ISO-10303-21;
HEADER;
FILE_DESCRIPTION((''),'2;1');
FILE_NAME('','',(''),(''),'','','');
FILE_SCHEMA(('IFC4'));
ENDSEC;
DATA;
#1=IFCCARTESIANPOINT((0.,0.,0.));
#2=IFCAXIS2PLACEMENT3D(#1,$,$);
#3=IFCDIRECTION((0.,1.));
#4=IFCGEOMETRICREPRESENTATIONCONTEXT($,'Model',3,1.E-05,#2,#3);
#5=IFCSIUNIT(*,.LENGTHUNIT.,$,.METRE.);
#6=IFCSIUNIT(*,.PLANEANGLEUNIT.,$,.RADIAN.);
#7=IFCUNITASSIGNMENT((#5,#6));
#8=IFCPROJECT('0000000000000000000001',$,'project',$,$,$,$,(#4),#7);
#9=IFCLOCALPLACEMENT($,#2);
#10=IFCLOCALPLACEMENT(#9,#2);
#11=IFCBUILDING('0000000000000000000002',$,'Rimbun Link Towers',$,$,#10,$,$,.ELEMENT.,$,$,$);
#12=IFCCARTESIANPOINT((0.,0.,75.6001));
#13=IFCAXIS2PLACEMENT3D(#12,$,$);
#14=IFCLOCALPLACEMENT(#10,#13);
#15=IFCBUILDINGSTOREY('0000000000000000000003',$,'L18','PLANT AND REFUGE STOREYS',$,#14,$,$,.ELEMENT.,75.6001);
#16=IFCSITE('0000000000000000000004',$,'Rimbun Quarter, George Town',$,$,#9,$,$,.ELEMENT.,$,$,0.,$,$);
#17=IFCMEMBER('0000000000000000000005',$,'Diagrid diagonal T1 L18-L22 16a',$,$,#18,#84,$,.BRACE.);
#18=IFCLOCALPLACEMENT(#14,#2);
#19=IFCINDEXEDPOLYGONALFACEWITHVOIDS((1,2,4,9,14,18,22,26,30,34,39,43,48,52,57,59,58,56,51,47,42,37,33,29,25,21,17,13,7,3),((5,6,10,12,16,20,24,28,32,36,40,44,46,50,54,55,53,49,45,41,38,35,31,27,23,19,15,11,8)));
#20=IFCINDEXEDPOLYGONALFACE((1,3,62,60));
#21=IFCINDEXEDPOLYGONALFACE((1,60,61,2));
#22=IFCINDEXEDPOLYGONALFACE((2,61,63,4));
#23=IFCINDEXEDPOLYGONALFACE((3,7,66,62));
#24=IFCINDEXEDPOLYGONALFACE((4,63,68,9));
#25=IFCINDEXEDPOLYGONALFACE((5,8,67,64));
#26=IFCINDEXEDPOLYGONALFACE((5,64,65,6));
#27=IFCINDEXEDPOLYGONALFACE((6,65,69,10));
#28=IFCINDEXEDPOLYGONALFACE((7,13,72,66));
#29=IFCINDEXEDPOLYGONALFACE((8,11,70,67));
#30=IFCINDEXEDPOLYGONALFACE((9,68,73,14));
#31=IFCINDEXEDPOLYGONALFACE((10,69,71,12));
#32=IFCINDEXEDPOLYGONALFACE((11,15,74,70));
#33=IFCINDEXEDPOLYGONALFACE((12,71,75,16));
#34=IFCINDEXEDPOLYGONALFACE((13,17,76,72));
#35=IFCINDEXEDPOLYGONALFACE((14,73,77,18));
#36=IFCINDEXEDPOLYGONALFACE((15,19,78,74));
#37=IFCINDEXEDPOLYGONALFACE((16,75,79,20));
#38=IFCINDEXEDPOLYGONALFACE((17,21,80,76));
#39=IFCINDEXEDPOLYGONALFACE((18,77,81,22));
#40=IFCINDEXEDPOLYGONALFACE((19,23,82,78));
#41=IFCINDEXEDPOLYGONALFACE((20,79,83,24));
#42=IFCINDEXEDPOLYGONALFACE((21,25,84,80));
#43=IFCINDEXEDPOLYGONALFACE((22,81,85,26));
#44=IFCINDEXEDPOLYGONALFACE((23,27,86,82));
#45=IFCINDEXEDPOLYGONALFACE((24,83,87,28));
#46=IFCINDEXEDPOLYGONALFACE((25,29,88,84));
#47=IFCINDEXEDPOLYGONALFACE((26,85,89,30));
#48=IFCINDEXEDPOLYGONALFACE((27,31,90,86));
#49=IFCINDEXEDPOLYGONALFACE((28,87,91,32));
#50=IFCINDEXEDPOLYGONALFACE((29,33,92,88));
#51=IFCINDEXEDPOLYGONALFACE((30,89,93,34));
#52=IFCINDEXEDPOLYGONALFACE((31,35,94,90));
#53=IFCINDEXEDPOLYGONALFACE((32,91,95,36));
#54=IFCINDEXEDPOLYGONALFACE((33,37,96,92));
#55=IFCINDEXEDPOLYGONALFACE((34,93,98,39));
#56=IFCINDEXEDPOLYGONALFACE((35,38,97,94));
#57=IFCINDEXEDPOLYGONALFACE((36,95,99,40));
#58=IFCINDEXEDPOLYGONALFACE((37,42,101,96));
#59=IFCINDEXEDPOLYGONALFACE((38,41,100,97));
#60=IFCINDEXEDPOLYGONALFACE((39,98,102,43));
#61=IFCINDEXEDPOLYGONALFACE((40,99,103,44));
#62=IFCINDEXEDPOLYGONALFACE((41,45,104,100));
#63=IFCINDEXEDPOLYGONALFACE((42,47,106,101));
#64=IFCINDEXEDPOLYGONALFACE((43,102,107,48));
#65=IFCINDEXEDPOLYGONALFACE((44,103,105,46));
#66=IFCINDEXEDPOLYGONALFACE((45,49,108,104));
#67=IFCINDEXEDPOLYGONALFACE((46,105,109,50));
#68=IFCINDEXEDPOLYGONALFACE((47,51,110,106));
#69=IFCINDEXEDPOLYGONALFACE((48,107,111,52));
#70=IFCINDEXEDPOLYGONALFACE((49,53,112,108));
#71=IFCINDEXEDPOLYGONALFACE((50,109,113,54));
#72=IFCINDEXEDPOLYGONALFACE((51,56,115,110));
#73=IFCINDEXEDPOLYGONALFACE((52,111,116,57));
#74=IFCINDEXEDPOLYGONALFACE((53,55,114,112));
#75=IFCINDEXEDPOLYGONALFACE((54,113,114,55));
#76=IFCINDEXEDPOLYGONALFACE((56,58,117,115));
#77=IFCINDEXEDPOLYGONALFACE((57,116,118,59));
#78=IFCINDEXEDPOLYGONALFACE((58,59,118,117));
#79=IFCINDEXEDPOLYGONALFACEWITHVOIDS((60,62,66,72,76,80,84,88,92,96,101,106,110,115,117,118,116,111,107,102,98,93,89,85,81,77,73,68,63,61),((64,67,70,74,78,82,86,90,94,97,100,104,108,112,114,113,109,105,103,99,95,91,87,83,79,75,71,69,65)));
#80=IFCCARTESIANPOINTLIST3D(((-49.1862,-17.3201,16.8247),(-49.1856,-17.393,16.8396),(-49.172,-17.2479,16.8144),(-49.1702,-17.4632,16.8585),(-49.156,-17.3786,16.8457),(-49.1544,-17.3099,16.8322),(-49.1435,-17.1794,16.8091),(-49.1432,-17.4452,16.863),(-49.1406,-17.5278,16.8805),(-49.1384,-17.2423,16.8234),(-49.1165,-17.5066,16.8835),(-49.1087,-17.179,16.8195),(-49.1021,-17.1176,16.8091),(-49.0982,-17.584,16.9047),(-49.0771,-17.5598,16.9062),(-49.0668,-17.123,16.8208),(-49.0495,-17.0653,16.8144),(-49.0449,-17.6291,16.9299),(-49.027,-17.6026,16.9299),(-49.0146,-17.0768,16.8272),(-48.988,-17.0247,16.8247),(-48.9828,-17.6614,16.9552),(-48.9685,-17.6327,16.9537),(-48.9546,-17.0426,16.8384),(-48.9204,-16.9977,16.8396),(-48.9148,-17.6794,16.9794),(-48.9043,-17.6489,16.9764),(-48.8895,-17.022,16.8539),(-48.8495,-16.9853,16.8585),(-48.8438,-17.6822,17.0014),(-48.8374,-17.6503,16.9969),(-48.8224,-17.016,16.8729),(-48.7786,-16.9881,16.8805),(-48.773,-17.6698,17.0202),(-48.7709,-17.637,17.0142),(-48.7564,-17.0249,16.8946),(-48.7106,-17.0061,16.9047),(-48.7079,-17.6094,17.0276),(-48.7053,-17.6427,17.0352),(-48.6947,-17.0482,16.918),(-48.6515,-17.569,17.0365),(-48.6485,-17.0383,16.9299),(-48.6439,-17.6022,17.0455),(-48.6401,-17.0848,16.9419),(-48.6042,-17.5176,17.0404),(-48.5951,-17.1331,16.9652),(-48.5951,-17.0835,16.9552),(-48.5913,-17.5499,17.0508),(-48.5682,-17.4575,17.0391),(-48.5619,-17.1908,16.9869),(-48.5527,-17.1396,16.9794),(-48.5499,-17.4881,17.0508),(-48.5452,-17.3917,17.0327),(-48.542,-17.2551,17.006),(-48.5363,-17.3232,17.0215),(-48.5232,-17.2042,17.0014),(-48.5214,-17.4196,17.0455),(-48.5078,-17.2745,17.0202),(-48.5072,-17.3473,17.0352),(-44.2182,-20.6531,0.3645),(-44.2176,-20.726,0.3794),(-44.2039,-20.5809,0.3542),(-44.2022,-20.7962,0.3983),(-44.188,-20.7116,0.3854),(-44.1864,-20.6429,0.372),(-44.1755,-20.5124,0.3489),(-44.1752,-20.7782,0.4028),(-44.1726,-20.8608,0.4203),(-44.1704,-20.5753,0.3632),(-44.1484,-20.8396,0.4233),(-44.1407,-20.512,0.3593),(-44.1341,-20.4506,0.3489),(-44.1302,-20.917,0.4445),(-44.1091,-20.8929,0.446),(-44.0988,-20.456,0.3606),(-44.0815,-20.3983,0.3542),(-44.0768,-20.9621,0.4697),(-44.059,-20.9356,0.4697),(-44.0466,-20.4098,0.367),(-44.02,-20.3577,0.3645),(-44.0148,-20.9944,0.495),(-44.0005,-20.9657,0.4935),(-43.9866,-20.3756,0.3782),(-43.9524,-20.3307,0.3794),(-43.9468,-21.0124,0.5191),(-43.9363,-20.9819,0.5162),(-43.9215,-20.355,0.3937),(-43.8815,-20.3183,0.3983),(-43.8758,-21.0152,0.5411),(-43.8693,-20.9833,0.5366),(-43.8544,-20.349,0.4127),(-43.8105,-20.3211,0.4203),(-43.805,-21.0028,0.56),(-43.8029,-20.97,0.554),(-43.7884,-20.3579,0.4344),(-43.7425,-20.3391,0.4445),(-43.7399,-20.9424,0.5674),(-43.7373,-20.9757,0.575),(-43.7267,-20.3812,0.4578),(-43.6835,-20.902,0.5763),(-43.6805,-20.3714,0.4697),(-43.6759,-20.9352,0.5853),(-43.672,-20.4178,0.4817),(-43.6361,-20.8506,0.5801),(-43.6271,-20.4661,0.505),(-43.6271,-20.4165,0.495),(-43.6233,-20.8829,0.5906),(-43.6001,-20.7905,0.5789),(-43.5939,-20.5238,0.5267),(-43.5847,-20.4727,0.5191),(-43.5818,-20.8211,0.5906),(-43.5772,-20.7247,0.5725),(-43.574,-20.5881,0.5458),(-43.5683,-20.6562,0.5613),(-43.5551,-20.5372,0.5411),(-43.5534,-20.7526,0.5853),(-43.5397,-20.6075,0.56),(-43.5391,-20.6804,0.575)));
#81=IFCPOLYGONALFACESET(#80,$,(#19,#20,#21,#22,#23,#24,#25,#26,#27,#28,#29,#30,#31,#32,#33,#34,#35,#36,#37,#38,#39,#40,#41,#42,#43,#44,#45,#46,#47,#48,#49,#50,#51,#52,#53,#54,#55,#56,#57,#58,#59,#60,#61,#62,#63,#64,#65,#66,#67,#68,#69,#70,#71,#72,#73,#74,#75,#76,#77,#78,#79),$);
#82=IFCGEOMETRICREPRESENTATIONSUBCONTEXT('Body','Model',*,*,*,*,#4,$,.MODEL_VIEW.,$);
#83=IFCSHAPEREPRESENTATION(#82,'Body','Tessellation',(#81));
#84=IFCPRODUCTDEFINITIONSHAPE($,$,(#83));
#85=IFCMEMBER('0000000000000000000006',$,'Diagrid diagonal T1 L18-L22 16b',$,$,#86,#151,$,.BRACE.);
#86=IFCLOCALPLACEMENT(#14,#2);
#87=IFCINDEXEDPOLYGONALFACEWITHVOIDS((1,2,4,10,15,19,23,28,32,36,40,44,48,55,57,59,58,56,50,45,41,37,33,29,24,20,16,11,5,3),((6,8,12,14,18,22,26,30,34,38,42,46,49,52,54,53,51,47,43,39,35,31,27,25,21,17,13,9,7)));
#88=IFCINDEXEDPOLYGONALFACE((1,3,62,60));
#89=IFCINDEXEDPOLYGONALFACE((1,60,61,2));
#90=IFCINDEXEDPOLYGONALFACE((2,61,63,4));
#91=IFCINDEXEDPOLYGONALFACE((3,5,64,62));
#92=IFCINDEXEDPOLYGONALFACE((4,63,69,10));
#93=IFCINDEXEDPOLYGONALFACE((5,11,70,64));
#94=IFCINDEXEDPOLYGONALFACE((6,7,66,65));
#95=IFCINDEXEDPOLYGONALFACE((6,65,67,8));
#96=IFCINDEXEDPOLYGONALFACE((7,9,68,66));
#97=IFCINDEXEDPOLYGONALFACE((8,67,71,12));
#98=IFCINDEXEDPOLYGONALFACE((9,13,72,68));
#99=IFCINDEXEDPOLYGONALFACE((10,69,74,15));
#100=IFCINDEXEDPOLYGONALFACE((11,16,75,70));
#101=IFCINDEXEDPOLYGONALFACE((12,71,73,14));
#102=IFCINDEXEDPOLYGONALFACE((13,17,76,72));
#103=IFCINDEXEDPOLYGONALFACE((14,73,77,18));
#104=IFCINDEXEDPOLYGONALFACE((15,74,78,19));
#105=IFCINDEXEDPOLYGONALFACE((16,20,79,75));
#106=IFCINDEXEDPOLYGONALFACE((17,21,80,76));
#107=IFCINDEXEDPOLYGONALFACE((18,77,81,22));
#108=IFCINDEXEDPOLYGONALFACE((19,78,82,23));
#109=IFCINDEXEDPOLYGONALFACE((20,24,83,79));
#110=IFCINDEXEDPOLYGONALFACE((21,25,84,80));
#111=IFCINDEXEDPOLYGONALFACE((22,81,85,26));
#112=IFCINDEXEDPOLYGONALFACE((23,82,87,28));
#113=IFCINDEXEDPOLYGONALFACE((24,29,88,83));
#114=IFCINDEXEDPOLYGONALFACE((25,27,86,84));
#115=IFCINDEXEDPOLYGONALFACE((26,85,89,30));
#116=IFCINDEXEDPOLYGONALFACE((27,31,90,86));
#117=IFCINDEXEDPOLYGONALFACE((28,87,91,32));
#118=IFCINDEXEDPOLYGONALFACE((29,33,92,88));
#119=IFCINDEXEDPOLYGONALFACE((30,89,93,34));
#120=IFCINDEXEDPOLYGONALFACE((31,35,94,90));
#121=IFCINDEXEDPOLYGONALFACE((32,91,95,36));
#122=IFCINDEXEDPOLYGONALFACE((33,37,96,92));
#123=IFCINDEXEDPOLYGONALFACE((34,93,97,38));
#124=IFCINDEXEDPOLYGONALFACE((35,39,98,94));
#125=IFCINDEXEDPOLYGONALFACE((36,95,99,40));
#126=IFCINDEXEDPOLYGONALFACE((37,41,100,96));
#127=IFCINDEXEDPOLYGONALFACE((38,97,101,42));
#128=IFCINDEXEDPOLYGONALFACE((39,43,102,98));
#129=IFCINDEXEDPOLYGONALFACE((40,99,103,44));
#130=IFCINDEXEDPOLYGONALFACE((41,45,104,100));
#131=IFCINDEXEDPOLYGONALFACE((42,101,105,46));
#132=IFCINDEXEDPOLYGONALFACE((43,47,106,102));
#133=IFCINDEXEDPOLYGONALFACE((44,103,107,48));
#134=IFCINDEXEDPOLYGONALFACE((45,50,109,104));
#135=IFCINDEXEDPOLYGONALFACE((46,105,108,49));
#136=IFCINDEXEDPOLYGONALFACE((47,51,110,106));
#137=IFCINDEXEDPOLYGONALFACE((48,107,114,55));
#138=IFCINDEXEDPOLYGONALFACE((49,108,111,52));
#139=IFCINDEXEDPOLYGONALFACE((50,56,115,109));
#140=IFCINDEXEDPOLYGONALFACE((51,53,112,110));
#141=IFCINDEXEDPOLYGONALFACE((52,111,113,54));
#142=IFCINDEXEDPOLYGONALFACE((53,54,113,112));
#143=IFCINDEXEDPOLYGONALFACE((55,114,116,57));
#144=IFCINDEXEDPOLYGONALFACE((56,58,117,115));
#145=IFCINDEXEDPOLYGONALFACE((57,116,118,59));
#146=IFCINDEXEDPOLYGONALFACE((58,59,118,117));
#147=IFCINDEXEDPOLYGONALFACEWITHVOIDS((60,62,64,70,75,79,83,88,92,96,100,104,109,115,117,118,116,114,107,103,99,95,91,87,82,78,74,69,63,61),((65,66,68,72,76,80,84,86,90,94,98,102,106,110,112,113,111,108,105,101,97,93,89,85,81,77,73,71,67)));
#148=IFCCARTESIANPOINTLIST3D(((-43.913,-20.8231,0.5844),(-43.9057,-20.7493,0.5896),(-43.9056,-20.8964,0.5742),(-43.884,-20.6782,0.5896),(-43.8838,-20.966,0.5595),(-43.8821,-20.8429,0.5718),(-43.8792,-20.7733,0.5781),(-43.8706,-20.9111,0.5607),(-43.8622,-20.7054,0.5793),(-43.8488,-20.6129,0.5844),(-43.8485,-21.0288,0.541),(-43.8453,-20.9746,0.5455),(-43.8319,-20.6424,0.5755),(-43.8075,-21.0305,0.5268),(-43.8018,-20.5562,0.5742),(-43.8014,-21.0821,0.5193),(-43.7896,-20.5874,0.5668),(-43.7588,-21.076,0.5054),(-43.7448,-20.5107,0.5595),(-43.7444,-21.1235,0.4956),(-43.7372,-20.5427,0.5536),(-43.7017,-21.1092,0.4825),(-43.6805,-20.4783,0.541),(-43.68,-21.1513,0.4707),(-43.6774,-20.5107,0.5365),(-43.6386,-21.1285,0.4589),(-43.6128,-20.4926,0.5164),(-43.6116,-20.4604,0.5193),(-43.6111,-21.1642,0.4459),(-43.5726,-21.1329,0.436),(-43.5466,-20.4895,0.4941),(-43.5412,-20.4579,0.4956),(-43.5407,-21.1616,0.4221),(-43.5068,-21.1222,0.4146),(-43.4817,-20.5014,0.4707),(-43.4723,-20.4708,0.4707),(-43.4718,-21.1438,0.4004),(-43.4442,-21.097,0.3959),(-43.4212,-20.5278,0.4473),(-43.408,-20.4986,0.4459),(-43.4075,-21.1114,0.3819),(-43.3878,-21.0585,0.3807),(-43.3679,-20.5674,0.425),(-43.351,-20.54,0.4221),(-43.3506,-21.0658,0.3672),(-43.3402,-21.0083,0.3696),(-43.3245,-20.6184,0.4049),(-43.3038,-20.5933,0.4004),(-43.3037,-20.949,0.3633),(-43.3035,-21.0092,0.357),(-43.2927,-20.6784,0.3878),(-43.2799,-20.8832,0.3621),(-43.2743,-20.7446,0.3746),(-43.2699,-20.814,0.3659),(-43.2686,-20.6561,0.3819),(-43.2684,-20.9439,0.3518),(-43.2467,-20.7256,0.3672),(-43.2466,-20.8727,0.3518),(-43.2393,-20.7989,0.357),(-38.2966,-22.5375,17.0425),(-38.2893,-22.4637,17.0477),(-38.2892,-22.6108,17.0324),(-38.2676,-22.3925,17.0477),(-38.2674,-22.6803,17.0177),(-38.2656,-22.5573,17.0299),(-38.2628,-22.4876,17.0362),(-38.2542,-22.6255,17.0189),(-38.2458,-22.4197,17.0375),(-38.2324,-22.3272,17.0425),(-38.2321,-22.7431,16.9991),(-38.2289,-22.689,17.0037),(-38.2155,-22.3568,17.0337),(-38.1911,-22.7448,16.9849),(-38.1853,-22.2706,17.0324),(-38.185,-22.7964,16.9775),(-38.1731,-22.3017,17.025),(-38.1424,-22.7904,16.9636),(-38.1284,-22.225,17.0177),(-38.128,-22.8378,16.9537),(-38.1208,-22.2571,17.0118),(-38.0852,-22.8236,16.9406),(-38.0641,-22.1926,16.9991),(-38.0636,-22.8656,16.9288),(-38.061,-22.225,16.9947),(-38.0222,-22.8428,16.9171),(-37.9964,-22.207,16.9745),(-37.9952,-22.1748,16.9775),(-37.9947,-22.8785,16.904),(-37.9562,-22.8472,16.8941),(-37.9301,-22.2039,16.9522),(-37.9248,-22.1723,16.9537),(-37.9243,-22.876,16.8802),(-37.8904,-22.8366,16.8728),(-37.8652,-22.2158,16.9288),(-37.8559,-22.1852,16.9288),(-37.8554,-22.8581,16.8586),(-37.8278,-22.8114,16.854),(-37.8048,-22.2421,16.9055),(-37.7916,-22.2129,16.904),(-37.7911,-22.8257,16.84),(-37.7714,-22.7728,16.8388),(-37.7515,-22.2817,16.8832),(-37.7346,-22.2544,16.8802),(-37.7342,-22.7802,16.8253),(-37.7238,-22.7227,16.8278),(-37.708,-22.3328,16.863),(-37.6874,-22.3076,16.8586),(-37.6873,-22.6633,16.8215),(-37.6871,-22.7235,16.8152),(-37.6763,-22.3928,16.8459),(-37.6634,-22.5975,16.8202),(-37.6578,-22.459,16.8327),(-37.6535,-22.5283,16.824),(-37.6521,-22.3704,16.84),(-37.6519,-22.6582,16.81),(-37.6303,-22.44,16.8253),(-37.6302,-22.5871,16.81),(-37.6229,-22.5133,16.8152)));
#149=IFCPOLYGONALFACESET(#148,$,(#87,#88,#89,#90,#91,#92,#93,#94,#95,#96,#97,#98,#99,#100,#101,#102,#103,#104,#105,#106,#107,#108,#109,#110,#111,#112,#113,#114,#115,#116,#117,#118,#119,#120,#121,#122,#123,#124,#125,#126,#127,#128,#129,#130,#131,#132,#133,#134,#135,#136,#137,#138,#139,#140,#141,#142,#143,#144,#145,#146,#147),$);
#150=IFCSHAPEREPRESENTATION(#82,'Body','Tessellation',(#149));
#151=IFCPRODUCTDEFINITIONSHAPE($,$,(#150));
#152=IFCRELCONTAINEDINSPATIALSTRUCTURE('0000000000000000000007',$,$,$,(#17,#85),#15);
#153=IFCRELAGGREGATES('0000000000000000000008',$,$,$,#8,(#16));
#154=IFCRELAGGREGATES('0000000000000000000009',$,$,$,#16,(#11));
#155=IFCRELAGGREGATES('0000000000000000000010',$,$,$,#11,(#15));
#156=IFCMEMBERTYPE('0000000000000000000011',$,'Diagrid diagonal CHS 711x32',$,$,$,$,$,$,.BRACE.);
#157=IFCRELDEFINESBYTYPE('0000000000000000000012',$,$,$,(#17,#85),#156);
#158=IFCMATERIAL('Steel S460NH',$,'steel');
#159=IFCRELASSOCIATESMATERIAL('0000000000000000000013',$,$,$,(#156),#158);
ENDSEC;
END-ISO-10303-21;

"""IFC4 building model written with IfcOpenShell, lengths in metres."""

from ifc_helpers import new_model, si_unit, direction, frame, origin, origin_2d, place, context, subcontext, project, spatial, hollow_circle, extrude, material, material_profile, profile_set, type_object, element, save


model = new_model("IFC4")

# Units and contexts
model_context = context("Model", 3, precision=1e-05, world=origin(), true_north=direction((0.0, 1.0)))
body_context = subcontext(model_context, "Body", "Model", "MODEL_VIEW")
ifc_project = project(units=[si_unit("LENGTHUNIT", "METRE"), si_unit("PLANEANGLEUNIT", "RADIAN")], contexts=[model_context])

# Site, building, storey
site_placement = place(None, origin())
site = spatial("IfcSite", under=ifc_project, at=site_placement, Name="Rimbun Quarter, George Town", CompositionType="ELEMENT", RefElevation=0.0)
building_placement = place(site_placement, origin())
building = spatial("IfcBuilding", under=site, at=building_placement, Name="Rimbun Link Towers", CompositionType="ELEMENT")
storey_placement = place(building_placement, frame((0.0, 0.0, 75.6001)))
storey = spatial("IfcBuildingStorey", under=building, at=storey_placement, Name="L18", Description="PLANT AND REFUGE STOREYS", CompositionType="ELEMENT", Elevation=75.6001)

# Members
ifc_material_1 = material(Name="Steel S460NH", Category="steel")
ifc_material_profile_1 = material_profile(ifc_material_1, hollow_circle(Radius=0.3557, WallThickness=0.032, at=origin_2d()), Name="Diagrid diagonal CHS 711x32")
ifc_profile_set_1 = profile_set([ifc_material_profile_1], Name="Steel S460NH")
member_type_1 = type_object("IfcMemberType", Name="Diagrid diagonal CHS 711x32", PredefinedType="BRACE", material=ifc_profile_set_1)
member_1_placement = place(storey_placement, frame((-43.8787, -20.6667, 0.4697), z_axis=(-0.283665, 0.190309, 0.939849), x_axis=(-0.557128, -0.830427, 0.0)))
element("IfcMember", 1, at=member_1_placement, inside=storey, type_object=member_type_1, Name="Diagrid diagonal T1 L18-L22 16a", PredefinedType="BRACE", context=body_context, shape_type="SweptSolid", body=[
    extrude(hollow_circle(Radius=0.3557, WallThickness=0.032, at=origin_2d()), origin(), (0.0, 0.0, 1.0), 17.5137),
])
member_2_placement = place(storey_placement, frame((-43.5762, -20.811, 0.4707), z_axis=(0.321409, -0.098106, 0.941845), x_axis=(0.291941, 0.956436, 0.0)))
element("IfcMember", 2, at=member_2_placement, inside=storey, type_object=member_type_1, Name="Diagrid diagonal T1 L18-L22 16b", PredefinedType="BRACE", context=body_context, shape_type="SweptSolid", body=[
    extrude(hollow_circle(Radius=0.3557, WallThickness=0.032, at=origin_2d()), origin(), (0.0, 0.0, 1.0), 17.4744),
])

save(model, "model.ifc")
